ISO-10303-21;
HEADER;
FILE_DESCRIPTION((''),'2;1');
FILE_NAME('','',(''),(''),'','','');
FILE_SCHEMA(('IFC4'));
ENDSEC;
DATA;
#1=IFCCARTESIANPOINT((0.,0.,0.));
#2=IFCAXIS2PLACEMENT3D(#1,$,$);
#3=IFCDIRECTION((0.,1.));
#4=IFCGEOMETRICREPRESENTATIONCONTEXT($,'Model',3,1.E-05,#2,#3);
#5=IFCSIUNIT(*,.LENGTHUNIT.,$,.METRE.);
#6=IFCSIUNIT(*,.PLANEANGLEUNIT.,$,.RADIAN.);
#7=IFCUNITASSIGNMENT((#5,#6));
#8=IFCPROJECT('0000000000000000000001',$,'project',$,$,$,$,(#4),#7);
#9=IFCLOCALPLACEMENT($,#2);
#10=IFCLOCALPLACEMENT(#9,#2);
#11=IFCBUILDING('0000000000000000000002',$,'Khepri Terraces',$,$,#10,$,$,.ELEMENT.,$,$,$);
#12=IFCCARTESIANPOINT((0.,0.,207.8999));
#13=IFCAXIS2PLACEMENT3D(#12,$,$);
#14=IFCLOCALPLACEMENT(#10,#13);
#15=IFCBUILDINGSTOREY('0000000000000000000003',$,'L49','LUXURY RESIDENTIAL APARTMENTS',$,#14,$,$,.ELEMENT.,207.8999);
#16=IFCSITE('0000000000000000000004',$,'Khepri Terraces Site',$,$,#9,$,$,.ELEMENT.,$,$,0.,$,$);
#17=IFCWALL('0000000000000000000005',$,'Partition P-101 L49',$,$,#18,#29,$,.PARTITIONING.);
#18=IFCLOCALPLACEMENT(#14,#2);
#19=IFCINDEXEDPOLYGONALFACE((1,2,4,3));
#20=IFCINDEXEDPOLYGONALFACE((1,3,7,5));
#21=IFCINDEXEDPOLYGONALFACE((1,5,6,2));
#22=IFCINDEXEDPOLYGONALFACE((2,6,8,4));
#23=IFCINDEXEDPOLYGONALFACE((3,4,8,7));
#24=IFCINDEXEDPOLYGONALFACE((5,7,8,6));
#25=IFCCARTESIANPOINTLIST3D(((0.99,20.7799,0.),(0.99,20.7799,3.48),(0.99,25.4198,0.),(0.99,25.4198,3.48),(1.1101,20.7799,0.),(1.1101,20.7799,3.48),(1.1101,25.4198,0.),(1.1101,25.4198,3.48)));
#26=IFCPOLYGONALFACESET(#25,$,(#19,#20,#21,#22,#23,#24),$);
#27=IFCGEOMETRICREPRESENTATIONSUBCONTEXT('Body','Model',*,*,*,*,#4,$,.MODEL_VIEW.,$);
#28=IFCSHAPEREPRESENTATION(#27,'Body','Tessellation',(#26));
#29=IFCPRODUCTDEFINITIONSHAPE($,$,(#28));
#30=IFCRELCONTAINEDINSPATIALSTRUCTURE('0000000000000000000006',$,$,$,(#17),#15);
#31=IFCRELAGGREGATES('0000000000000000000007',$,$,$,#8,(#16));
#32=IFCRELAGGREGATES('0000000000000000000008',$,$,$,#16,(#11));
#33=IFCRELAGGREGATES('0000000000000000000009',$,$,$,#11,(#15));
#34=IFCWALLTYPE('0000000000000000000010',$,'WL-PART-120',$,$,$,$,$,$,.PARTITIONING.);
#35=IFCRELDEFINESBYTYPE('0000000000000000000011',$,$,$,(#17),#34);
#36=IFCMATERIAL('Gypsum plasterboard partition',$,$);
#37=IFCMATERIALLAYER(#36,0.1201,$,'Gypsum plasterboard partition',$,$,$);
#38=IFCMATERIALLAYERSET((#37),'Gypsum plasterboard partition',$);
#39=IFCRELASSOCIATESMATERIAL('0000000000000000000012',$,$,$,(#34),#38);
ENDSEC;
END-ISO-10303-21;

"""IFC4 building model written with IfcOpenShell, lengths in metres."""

from ifc_helpers import new_model, si_unit, direction, frame, frame_2d, origin, place, context, subcontext, project, spatial, rectangle, extrude, material, layer, layer_set, type_object, element, save


model = new_model("IFC4")

# Units and contexts
model_context = context("Model", 3, precision=1e-05, world=origin(), true_north=direction((0.0, 1.0)))
body_context = subcontext(model_context, "Body", "Model", "MODEL_VIEW")
ifc_project = project(units=[si_unit("LENGTHUNIT", "METRE"), si_unit("PLANEANGLEUNIT", "RADIAN")], contexts=[model_context])

# Site, building, storey
site_placement = place(None, origin())
site = spatial("IfcSite", under=ifc_project, at=site_placement, Name="Khepri Terraces Site", CompositionType="ELEMENT", RefElevation=0.0)
building_placement = place(site_placement, origin())
building = spatial("IfcBuilding", under=site, at=building_placement, Name="Khepri Terraces", CompositionType="ELEMENT")
storey_placement = place(building_placement, frame((0.0, 0.0, 207.8999)))
storey = spatial("IfcBuildingStorey", under=building, at=storey_placement, Name="L49", Description="LUXURY RESIDENTIAL APARTMENTS", CompositionType="ELEMENT", Elevation=207.8999)

# Shared definitions
ifc_material_1 = material(Name="Gypsum plasterboard partition")
ifc_layer_1 = layer(ifc_material_1, 0.1201, Name="Gypsum plasterboard partition")
ifc_layer_set_1 = layer_set([ifc_layer_1], Name="Gypsum plasterboard partition")
wall_type_1 = type_object("IfcWallType", Name="WL-PART-120", PredefinedType="PARTITIONING", material=ifc_layer_set_1)

# Wall
wall_1_placement = place(storey_placement, frame((1.05, 20.78, 0.0), z_axis=(0.0, 0.0, 1.0), x_axis=(0.0, 1.0, 0.0)))
element("IfcWall", 1, at=wall_1_placement, inside=storey, type_object=wall_type_1, Name="Partition P-101 L49", PredefinedType="PARTITIONING", context=body_context, shape_type="SweptSolid", body=[
    extrude(rectangle(XDim=4.6399, YDim=0.1201, at=frame_2d((2.3198, 0.0))), origin(), (0.0, 0.0, 1.0), 3.48),
])

save(model, "model.ifc")
